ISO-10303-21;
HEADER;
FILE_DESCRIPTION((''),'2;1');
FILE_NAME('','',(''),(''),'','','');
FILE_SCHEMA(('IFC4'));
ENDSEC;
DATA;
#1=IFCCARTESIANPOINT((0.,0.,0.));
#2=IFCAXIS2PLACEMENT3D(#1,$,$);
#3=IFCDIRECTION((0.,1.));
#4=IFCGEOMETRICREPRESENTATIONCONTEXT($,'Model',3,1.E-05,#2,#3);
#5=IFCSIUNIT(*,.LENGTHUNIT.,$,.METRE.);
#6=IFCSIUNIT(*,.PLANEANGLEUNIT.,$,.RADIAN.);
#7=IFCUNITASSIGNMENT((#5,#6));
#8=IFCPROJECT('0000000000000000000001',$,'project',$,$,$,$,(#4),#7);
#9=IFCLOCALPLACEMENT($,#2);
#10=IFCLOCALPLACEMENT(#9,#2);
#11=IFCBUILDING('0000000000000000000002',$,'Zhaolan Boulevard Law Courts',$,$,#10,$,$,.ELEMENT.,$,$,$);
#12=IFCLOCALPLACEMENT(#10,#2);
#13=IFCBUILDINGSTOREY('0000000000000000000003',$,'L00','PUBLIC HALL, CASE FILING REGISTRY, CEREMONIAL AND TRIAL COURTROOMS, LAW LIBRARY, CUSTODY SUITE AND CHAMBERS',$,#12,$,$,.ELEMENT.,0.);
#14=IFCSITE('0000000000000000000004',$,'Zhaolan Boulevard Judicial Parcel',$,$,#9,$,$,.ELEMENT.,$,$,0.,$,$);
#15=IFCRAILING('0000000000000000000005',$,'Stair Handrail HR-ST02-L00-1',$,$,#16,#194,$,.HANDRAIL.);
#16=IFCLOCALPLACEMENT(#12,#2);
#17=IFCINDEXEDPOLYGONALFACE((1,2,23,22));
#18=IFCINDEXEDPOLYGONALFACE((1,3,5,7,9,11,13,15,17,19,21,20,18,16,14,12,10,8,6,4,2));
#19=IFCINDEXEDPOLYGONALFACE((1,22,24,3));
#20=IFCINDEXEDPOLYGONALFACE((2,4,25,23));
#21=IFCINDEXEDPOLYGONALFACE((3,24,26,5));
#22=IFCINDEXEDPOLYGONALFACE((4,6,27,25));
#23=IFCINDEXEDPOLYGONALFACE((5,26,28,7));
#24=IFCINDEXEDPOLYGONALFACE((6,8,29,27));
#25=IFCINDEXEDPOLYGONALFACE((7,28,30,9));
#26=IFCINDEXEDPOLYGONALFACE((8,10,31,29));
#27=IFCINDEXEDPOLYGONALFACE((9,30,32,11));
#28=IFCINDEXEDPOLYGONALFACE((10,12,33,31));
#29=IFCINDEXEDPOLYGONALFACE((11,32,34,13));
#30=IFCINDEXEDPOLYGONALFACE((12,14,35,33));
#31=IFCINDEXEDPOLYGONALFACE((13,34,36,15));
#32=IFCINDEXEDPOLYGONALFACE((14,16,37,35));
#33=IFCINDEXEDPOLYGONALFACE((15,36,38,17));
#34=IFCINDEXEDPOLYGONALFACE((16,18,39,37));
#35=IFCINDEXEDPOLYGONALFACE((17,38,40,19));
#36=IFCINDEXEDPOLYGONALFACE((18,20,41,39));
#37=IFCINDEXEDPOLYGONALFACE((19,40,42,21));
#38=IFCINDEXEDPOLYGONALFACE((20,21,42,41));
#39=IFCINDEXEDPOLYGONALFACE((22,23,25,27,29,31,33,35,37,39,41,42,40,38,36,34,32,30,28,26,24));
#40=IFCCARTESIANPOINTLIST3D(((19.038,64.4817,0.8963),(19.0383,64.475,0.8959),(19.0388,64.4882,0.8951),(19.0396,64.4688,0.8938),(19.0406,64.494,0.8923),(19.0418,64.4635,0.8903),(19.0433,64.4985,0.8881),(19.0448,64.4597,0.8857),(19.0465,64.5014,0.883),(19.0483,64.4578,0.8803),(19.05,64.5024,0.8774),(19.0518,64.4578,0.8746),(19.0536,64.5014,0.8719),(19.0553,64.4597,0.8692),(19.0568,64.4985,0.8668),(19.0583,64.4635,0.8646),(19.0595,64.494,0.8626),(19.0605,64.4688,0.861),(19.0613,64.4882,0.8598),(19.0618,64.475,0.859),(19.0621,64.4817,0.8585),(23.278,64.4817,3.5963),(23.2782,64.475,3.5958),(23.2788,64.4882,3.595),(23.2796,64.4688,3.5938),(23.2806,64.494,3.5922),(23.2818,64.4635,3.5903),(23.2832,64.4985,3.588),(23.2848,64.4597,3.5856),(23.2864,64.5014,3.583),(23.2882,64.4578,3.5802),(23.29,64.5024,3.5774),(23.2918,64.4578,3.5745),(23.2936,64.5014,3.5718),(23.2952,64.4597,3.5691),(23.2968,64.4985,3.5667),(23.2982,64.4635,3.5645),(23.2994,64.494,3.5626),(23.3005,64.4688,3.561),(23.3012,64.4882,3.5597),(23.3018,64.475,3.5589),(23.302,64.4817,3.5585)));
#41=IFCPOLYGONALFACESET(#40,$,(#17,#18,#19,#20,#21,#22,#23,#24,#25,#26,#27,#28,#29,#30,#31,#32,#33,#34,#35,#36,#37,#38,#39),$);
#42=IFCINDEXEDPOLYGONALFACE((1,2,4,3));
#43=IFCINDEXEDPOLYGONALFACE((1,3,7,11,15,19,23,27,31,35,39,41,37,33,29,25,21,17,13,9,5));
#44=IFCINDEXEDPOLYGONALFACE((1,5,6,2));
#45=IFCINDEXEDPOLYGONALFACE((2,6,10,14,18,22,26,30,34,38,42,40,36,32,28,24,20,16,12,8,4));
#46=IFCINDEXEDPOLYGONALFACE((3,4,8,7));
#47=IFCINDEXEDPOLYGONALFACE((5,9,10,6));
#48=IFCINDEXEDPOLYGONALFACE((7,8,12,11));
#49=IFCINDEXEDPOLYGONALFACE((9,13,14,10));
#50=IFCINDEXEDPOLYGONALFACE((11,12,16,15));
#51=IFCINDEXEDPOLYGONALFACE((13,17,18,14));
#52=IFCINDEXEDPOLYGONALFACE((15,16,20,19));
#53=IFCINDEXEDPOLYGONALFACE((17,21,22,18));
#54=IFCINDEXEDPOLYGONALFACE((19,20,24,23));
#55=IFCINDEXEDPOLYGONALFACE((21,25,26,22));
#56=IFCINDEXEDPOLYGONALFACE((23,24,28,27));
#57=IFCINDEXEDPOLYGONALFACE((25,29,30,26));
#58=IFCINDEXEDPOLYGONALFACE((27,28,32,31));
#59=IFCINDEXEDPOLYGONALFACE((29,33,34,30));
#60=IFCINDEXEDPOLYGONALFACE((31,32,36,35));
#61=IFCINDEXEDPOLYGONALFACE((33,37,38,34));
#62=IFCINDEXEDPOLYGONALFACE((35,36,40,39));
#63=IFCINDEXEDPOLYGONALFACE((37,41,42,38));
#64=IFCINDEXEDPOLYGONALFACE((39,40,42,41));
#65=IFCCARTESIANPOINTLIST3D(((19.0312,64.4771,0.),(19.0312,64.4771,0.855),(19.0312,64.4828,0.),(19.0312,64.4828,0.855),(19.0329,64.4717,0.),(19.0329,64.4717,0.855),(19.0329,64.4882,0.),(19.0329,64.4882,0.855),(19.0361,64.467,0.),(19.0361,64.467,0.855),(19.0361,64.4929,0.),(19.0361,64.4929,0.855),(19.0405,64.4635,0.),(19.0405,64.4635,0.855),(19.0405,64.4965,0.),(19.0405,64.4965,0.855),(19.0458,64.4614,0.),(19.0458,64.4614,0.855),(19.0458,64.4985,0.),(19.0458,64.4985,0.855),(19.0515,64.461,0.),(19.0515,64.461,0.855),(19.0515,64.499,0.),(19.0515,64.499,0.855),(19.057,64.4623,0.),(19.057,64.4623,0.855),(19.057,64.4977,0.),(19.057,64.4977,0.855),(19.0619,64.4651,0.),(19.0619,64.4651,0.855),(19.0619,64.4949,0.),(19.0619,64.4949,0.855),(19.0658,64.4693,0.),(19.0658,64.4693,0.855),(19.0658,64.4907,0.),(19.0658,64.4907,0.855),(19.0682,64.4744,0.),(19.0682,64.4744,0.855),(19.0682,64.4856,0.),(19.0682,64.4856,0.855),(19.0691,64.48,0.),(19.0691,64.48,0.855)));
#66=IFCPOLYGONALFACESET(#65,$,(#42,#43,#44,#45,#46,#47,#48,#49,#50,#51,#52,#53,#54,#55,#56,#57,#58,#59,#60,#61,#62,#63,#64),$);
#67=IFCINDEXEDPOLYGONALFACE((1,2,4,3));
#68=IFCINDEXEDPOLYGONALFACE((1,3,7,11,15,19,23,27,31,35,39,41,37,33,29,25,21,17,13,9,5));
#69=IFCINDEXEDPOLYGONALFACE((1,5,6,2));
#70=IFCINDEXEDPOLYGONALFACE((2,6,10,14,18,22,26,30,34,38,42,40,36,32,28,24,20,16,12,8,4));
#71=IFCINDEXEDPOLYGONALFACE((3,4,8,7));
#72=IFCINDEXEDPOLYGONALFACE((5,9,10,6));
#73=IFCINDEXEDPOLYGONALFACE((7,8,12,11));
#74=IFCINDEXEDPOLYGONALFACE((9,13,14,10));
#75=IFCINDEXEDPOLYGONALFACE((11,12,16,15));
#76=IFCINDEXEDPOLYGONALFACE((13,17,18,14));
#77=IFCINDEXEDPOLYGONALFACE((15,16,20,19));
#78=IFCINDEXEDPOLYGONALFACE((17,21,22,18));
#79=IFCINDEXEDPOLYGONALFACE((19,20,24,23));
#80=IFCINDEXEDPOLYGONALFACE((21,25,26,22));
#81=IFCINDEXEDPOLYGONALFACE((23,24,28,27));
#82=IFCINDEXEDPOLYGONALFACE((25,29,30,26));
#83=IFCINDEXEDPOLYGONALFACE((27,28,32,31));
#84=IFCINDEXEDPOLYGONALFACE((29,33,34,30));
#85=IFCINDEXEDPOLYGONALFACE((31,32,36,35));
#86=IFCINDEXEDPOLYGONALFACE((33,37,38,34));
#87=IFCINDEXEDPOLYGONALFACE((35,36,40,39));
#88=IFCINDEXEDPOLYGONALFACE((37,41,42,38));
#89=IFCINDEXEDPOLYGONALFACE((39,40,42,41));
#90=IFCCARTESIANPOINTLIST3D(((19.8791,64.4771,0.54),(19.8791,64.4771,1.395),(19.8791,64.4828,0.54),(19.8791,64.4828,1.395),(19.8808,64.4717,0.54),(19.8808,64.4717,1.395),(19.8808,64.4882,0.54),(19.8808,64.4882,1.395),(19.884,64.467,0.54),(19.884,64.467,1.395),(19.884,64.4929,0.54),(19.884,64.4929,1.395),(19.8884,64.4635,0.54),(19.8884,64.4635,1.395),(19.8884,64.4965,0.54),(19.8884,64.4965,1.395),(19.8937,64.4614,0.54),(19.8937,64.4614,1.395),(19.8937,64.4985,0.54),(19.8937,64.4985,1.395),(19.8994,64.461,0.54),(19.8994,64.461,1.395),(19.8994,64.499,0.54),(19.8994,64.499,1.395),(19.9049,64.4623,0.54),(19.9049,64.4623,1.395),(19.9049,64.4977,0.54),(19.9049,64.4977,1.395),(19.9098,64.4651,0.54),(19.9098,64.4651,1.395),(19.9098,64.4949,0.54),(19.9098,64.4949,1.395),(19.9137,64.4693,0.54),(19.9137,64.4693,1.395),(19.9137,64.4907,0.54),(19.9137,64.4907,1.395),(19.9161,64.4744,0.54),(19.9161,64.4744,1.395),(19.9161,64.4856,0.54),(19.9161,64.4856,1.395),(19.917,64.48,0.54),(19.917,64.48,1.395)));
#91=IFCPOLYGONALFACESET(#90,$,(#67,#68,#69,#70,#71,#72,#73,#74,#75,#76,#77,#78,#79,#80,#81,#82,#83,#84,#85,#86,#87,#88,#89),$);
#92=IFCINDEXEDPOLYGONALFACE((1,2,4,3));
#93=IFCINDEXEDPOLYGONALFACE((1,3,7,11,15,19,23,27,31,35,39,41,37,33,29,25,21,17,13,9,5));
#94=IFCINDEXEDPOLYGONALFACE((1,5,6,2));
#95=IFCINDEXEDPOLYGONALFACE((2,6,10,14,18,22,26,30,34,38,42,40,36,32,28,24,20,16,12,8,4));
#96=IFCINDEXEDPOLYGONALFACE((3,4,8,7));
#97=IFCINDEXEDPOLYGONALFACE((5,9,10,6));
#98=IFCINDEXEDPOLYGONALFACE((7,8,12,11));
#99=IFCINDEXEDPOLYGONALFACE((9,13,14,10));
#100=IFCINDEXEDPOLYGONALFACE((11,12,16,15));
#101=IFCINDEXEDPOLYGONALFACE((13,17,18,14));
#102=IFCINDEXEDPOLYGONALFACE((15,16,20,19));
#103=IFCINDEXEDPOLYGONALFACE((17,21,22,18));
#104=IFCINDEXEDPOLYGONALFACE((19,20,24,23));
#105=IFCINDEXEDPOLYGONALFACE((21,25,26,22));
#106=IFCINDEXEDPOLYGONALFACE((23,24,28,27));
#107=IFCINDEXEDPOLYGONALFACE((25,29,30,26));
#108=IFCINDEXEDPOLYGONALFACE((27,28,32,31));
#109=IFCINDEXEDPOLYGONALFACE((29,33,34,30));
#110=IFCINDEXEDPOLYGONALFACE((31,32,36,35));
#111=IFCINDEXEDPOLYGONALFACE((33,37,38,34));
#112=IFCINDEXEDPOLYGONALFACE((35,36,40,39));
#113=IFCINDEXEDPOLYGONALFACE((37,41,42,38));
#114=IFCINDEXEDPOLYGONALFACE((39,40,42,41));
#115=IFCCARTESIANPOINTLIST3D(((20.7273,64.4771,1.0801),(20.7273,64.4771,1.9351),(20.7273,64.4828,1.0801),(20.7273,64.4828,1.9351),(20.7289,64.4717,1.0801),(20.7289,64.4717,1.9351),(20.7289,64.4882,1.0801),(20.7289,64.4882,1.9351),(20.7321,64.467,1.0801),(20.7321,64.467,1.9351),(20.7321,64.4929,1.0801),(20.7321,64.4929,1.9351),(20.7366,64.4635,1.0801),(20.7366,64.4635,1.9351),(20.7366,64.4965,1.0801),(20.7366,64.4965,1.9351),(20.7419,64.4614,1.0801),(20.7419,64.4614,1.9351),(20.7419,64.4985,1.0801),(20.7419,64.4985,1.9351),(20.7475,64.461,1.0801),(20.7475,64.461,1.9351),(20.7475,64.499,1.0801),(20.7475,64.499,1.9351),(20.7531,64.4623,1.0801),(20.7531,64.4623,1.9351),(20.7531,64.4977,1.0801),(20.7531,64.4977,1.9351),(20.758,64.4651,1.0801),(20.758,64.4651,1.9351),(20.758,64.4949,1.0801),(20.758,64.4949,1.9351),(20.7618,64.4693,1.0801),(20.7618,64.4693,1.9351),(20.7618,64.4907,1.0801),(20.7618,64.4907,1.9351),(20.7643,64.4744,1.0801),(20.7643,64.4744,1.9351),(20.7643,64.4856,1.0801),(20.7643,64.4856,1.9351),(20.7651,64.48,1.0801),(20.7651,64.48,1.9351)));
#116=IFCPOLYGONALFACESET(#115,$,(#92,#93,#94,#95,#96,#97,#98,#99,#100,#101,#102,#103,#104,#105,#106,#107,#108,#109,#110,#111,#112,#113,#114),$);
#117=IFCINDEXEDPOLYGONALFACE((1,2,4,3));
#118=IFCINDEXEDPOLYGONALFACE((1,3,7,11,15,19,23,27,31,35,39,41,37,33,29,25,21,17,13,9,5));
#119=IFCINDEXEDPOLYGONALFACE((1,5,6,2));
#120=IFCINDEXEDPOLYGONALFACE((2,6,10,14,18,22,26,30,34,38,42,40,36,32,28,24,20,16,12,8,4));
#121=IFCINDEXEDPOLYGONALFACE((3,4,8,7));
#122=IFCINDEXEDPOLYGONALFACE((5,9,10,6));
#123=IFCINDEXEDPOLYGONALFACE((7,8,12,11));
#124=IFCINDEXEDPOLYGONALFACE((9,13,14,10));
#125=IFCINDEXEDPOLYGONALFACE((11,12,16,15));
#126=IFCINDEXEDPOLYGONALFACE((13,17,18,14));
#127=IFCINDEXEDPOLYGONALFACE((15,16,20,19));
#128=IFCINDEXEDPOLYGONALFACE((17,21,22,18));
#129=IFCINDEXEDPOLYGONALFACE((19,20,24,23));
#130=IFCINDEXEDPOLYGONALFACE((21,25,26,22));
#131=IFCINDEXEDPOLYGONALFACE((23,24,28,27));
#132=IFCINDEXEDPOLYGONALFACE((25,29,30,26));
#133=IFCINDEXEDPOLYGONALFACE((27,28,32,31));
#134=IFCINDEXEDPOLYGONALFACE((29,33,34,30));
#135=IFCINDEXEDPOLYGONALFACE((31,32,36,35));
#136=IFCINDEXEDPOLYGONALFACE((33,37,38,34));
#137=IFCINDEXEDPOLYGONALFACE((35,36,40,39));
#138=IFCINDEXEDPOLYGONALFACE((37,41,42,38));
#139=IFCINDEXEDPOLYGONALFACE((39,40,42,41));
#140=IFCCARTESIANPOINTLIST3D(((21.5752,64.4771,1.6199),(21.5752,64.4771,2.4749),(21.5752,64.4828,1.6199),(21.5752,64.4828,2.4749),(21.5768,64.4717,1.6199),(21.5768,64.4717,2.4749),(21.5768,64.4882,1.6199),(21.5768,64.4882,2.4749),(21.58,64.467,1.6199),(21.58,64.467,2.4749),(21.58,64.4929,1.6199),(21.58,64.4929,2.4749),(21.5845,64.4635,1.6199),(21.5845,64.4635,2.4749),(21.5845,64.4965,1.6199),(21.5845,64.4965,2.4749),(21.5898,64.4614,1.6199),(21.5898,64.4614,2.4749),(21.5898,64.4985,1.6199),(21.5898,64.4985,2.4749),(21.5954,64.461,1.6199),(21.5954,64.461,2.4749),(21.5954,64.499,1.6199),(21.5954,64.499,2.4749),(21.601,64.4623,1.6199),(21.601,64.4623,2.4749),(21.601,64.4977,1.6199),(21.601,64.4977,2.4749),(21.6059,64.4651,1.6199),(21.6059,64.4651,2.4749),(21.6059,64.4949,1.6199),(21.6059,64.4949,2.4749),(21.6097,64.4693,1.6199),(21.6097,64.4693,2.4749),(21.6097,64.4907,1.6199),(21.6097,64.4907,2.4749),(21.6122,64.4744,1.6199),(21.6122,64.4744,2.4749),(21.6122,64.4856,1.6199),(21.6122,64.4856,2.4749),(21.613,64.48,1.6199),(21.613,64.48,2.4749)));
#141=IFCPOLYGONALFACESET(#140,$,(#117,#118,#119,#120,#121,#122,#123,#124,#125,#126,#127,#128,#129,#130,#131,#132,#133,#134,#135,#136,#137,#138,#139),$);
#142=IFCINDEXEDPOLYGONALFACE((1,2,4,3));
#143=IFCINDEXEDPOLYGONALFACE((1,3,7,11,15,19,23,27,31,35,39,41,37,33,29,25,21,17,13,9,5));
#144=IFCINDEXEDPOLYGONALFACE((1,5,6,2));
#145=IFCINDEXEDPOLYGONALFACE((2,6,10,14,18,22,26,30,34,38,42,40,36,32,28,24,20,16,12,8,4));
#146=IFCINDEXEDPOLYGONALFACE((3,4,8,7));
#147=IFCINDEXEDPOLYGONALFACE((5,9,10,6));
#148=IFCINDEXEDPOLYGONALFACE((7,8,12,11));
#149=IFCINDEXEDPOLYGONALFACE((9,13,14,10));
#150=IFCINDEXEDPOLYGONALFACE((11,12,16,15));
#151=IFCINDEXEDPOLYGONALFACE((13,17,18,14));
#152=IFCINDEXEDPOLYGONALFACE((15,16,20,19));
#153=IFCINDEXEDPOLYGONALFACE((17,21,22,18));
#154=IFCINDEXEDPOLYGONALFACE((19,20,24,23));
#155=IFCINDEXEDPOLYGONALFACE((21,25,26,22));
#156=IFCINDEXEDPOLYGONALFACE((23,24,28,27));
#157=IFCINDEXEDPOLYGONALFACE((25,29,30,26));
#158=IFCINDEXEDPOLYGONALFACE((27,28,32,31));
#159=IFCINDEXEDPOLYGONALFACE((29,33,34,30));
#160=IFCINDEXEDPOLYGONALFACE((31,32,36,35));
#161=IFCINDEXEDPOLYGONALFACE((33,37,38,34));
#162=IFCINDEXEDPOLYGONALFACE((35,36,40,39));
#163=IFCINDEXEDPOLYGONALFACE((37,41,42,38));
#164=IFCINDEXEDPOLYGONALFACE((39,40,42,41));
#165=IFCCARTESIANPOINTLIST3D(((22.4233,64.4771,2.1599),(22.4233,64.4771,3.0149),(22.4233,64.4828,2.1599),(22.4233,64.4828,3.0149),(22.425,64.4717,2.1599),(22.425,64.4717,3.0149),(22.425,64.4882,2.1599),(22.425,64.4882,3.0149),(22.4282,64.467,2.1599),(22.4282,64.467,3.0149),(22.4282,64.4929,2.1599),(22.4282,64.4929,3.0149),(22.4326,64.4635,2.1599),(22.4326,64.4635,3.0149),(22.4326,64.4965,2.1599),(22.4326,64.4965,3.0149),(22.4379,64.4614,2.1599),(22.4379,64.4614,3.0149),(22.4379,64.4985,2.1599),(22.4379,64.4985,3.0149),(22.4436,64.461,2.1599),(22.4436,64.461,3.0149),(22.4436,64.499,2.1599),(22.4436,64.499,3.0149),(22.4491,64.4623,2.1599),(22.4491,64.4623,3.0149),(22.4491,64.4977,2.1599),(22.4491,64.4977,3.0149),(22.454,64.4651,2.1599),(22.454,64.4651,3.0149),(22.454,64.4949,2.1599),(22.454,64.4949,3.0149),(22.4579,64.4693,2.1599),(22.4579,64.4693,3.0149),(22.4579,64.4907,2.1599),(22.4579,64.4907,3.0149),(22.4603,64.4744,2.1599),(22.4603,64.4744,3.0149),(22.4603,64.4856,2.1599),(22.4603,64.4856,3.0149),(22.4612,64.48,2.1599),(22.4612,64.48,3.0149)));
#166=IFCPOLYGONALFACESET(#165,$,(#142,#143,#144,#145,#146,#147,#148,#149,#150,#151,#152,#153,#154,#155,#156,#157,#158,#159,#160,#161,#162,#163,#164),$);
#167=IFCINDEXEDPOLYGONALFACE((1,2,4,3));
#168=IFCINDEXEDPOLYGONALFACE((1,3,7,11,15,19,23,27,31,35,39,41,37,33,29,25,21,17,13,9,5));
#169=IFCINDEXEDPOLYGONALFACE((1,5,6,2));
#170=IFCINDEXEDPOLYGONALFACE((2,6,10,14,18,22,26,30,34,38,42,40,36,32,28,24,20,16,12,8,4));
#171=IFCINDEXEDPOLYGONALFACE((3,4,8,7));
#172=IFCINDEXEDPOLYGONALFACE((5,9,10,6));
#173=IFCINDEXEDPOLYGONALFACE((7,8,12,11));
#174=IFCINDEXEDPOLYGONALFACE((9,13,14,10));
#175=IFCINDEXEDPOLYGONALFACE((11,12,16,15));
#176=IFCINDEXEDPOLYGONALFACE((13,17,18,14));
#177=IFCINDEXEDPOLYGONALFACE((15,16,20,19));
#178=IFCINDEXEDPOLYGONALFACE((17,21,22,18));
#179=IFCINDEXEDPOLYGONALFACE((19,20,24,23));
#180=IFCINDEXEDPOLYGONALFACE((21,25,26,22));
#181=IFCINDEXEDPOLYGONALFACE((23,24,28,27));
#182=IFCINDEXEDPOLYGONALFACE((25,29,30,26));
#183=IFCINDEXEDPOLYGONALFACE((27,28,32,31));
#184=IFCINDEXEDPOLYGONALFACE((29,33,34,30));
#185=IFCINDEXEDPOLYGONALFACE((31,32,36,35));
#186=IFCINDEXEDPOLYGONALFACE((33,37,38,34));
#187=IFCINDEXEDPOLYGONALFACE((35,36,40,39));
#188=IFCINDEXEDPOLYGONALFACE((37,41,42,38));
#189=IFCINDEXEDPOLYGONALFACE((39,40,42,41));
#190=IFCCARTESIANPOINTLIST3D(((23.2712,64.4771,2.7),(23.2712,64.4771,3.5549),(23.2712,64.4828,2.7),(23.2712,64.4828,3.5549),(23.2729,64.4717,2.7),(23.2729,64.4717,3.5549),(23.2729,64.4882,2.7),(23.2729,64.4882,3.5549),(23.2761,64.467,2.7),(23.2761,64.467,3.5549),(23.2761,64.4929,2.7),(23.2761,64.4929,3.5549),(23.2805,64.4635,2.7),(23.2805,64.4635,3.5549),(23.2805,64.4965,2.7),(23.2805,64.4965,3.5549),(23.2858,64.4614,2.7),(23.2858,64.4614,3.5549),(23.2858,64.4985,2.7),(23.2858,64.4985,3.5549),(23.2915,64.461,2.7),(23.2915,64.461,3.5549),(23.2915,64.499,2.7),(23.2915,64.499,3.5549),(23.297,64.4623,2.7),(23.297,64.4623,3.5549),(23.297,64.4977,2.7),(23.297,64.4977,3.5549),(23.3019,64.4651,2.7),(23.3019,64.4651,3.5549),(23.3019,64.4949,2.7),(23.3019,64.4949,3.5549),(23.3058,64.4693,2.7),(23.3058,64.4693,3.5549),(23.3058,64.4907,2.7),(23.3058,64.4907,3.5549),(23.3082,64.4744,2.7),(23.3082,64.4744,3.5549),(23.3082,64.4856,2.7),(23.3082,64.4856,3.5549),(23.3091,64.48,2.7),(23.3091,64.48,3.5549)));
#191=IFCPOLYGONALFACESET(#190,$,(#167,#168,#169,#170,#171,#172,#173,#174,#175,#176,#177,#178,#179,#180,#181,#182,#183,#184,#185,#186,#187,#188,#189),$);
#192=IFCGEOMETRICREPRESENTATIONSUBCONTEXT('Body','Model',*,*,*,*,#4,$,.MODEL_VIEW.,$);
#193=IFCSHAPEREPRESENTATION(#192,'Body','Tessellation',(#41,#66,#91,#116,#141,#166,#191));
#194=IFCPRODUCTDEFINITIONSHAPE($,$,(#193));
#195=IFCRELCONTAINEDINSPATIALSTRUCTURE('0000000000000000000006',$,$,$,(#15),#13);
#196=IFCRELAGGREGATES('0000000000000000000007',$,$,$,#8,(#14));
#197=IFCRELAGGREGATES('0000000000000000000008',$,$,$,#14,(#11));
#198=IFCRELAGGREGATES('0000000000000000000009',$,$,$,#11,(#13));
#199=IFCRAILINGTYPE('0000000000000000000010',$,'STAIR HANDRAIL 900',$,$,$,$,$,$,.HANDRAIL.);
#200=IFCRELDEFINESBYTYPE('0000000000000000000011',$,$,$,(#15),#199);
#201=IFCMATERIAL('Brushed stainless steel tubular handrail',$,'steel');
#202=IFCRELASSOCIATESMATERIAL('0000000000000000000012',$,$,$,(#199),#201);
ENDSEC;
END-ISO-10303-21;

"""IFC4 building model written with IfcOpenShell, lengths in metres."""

from ifc_helpers import new_model, si_unit, direction, frame, origin, origin_2d, place, context, subcontext, project, spatial, circle, extrude, material, type_object, element, save


model = new_model("IFC4")

# Units and contexts
model_context = context("Model", 3, precision=1e-05, world=origin(), true_north=direction((0.0, 1.0)))
body_context = subcontext(model_context, "Body", "Model", "MODEL_VIEW")
ifc_project = project(units=[si_unit("LENGTHUNIT", "METRE"), si_unit("PLANEANGLEUNIT", "RADIAN")], contexts=[model_context])

# Site, building, storey
site_placement = place(None, origin())
site = spatial("IfcSite", under=ifc_project, at=site_placement, Name="Zhaolan Boulevard Judicial Parcel", CompositionType="ELEMENT", RefElevation=0.0)
building_placement = place(site_placement, origin())
building = spatial("IfcBuilding", under=site, at=building_placement, Name="Zhaolan Boulevard Law Courts", CompositionType="ELEMENT")
storey_placement = place(building_placement, origin())
storey = spatial("IfcBuildingStorey", under=building, at=storey_placement, Name="L00", Description="PUBLIC HALL, CASE FILING REGISTRY, CEREMONIAL AND TRIAL COURTROOMS, LAW LIBRARY, CUSTODY SUITE AND CHAMBERS", CompositionType="ELEMENT", Elevation=0.0)

# Railing
ifc_material_1 = material(Name="Brushed stainless steel tubular handrail", Category="steel")
railing_type_1 = type_object("IfcRailingType", Name="STAIR HANDRAIL 900", PredefinedType="HANDRAIL", material=ifc_material_1)
railing_1_placement = place(storey_placement, frame((19.05, 64.48, 0.0)))
element("IfcRailing", 1, at=railing_1_placement, inside=storey, type_object=railing_type_1, Name="Stair Handrail HR-ST02-L00-1", PredefinedType="HANDRAIL", context=body_context, shape_type="SweptSolid", body=[
    extrude(circle(Radius=0.0225, at=origin_2d()), frame((0.0, 0.0, 0.8774), z_axis=(0.843501, 0.0, 0.537127), x_axis=(0.0, 1.0, 0.0)), (0.0, 0.0, 1.0), 5.0266),
    extrude(circle(Radius=0.019, at=origin_2d()), origin(), (0.0, 0.0, 1.0), 0.855),
    extrude(circle(Radius=0.019, at=origin_2d()), frame((0.8479, 0.0, 0.54)), (0.0, 0.0, 1.0), 0.855),
    extrude(circle(Radius=0.019, at=origin_2d()), frame((1.696, 0.0, 1.0801)), (0.0, 0.0, 1.0), 0.855),
    extrude(circle(Radius=0.019, at=origin_2d()), frame((2.5439, 0.0, 1.6199)), (0.0, 0.0, 1.0), 0.855),
    extrude(circle(Radius=0.019, at=origin_2d()), frame((3.3921, 0.0, 2.1599)), (0.0, 0.0, 1.0), 0.855),
    extrude(circle(Radius=0.019, at=origin_2d()), frame((4.24, 0.0, 2.7)), (0.0, 0.0, 1.0), 0.855),
])

save(model, "model.ifc")
